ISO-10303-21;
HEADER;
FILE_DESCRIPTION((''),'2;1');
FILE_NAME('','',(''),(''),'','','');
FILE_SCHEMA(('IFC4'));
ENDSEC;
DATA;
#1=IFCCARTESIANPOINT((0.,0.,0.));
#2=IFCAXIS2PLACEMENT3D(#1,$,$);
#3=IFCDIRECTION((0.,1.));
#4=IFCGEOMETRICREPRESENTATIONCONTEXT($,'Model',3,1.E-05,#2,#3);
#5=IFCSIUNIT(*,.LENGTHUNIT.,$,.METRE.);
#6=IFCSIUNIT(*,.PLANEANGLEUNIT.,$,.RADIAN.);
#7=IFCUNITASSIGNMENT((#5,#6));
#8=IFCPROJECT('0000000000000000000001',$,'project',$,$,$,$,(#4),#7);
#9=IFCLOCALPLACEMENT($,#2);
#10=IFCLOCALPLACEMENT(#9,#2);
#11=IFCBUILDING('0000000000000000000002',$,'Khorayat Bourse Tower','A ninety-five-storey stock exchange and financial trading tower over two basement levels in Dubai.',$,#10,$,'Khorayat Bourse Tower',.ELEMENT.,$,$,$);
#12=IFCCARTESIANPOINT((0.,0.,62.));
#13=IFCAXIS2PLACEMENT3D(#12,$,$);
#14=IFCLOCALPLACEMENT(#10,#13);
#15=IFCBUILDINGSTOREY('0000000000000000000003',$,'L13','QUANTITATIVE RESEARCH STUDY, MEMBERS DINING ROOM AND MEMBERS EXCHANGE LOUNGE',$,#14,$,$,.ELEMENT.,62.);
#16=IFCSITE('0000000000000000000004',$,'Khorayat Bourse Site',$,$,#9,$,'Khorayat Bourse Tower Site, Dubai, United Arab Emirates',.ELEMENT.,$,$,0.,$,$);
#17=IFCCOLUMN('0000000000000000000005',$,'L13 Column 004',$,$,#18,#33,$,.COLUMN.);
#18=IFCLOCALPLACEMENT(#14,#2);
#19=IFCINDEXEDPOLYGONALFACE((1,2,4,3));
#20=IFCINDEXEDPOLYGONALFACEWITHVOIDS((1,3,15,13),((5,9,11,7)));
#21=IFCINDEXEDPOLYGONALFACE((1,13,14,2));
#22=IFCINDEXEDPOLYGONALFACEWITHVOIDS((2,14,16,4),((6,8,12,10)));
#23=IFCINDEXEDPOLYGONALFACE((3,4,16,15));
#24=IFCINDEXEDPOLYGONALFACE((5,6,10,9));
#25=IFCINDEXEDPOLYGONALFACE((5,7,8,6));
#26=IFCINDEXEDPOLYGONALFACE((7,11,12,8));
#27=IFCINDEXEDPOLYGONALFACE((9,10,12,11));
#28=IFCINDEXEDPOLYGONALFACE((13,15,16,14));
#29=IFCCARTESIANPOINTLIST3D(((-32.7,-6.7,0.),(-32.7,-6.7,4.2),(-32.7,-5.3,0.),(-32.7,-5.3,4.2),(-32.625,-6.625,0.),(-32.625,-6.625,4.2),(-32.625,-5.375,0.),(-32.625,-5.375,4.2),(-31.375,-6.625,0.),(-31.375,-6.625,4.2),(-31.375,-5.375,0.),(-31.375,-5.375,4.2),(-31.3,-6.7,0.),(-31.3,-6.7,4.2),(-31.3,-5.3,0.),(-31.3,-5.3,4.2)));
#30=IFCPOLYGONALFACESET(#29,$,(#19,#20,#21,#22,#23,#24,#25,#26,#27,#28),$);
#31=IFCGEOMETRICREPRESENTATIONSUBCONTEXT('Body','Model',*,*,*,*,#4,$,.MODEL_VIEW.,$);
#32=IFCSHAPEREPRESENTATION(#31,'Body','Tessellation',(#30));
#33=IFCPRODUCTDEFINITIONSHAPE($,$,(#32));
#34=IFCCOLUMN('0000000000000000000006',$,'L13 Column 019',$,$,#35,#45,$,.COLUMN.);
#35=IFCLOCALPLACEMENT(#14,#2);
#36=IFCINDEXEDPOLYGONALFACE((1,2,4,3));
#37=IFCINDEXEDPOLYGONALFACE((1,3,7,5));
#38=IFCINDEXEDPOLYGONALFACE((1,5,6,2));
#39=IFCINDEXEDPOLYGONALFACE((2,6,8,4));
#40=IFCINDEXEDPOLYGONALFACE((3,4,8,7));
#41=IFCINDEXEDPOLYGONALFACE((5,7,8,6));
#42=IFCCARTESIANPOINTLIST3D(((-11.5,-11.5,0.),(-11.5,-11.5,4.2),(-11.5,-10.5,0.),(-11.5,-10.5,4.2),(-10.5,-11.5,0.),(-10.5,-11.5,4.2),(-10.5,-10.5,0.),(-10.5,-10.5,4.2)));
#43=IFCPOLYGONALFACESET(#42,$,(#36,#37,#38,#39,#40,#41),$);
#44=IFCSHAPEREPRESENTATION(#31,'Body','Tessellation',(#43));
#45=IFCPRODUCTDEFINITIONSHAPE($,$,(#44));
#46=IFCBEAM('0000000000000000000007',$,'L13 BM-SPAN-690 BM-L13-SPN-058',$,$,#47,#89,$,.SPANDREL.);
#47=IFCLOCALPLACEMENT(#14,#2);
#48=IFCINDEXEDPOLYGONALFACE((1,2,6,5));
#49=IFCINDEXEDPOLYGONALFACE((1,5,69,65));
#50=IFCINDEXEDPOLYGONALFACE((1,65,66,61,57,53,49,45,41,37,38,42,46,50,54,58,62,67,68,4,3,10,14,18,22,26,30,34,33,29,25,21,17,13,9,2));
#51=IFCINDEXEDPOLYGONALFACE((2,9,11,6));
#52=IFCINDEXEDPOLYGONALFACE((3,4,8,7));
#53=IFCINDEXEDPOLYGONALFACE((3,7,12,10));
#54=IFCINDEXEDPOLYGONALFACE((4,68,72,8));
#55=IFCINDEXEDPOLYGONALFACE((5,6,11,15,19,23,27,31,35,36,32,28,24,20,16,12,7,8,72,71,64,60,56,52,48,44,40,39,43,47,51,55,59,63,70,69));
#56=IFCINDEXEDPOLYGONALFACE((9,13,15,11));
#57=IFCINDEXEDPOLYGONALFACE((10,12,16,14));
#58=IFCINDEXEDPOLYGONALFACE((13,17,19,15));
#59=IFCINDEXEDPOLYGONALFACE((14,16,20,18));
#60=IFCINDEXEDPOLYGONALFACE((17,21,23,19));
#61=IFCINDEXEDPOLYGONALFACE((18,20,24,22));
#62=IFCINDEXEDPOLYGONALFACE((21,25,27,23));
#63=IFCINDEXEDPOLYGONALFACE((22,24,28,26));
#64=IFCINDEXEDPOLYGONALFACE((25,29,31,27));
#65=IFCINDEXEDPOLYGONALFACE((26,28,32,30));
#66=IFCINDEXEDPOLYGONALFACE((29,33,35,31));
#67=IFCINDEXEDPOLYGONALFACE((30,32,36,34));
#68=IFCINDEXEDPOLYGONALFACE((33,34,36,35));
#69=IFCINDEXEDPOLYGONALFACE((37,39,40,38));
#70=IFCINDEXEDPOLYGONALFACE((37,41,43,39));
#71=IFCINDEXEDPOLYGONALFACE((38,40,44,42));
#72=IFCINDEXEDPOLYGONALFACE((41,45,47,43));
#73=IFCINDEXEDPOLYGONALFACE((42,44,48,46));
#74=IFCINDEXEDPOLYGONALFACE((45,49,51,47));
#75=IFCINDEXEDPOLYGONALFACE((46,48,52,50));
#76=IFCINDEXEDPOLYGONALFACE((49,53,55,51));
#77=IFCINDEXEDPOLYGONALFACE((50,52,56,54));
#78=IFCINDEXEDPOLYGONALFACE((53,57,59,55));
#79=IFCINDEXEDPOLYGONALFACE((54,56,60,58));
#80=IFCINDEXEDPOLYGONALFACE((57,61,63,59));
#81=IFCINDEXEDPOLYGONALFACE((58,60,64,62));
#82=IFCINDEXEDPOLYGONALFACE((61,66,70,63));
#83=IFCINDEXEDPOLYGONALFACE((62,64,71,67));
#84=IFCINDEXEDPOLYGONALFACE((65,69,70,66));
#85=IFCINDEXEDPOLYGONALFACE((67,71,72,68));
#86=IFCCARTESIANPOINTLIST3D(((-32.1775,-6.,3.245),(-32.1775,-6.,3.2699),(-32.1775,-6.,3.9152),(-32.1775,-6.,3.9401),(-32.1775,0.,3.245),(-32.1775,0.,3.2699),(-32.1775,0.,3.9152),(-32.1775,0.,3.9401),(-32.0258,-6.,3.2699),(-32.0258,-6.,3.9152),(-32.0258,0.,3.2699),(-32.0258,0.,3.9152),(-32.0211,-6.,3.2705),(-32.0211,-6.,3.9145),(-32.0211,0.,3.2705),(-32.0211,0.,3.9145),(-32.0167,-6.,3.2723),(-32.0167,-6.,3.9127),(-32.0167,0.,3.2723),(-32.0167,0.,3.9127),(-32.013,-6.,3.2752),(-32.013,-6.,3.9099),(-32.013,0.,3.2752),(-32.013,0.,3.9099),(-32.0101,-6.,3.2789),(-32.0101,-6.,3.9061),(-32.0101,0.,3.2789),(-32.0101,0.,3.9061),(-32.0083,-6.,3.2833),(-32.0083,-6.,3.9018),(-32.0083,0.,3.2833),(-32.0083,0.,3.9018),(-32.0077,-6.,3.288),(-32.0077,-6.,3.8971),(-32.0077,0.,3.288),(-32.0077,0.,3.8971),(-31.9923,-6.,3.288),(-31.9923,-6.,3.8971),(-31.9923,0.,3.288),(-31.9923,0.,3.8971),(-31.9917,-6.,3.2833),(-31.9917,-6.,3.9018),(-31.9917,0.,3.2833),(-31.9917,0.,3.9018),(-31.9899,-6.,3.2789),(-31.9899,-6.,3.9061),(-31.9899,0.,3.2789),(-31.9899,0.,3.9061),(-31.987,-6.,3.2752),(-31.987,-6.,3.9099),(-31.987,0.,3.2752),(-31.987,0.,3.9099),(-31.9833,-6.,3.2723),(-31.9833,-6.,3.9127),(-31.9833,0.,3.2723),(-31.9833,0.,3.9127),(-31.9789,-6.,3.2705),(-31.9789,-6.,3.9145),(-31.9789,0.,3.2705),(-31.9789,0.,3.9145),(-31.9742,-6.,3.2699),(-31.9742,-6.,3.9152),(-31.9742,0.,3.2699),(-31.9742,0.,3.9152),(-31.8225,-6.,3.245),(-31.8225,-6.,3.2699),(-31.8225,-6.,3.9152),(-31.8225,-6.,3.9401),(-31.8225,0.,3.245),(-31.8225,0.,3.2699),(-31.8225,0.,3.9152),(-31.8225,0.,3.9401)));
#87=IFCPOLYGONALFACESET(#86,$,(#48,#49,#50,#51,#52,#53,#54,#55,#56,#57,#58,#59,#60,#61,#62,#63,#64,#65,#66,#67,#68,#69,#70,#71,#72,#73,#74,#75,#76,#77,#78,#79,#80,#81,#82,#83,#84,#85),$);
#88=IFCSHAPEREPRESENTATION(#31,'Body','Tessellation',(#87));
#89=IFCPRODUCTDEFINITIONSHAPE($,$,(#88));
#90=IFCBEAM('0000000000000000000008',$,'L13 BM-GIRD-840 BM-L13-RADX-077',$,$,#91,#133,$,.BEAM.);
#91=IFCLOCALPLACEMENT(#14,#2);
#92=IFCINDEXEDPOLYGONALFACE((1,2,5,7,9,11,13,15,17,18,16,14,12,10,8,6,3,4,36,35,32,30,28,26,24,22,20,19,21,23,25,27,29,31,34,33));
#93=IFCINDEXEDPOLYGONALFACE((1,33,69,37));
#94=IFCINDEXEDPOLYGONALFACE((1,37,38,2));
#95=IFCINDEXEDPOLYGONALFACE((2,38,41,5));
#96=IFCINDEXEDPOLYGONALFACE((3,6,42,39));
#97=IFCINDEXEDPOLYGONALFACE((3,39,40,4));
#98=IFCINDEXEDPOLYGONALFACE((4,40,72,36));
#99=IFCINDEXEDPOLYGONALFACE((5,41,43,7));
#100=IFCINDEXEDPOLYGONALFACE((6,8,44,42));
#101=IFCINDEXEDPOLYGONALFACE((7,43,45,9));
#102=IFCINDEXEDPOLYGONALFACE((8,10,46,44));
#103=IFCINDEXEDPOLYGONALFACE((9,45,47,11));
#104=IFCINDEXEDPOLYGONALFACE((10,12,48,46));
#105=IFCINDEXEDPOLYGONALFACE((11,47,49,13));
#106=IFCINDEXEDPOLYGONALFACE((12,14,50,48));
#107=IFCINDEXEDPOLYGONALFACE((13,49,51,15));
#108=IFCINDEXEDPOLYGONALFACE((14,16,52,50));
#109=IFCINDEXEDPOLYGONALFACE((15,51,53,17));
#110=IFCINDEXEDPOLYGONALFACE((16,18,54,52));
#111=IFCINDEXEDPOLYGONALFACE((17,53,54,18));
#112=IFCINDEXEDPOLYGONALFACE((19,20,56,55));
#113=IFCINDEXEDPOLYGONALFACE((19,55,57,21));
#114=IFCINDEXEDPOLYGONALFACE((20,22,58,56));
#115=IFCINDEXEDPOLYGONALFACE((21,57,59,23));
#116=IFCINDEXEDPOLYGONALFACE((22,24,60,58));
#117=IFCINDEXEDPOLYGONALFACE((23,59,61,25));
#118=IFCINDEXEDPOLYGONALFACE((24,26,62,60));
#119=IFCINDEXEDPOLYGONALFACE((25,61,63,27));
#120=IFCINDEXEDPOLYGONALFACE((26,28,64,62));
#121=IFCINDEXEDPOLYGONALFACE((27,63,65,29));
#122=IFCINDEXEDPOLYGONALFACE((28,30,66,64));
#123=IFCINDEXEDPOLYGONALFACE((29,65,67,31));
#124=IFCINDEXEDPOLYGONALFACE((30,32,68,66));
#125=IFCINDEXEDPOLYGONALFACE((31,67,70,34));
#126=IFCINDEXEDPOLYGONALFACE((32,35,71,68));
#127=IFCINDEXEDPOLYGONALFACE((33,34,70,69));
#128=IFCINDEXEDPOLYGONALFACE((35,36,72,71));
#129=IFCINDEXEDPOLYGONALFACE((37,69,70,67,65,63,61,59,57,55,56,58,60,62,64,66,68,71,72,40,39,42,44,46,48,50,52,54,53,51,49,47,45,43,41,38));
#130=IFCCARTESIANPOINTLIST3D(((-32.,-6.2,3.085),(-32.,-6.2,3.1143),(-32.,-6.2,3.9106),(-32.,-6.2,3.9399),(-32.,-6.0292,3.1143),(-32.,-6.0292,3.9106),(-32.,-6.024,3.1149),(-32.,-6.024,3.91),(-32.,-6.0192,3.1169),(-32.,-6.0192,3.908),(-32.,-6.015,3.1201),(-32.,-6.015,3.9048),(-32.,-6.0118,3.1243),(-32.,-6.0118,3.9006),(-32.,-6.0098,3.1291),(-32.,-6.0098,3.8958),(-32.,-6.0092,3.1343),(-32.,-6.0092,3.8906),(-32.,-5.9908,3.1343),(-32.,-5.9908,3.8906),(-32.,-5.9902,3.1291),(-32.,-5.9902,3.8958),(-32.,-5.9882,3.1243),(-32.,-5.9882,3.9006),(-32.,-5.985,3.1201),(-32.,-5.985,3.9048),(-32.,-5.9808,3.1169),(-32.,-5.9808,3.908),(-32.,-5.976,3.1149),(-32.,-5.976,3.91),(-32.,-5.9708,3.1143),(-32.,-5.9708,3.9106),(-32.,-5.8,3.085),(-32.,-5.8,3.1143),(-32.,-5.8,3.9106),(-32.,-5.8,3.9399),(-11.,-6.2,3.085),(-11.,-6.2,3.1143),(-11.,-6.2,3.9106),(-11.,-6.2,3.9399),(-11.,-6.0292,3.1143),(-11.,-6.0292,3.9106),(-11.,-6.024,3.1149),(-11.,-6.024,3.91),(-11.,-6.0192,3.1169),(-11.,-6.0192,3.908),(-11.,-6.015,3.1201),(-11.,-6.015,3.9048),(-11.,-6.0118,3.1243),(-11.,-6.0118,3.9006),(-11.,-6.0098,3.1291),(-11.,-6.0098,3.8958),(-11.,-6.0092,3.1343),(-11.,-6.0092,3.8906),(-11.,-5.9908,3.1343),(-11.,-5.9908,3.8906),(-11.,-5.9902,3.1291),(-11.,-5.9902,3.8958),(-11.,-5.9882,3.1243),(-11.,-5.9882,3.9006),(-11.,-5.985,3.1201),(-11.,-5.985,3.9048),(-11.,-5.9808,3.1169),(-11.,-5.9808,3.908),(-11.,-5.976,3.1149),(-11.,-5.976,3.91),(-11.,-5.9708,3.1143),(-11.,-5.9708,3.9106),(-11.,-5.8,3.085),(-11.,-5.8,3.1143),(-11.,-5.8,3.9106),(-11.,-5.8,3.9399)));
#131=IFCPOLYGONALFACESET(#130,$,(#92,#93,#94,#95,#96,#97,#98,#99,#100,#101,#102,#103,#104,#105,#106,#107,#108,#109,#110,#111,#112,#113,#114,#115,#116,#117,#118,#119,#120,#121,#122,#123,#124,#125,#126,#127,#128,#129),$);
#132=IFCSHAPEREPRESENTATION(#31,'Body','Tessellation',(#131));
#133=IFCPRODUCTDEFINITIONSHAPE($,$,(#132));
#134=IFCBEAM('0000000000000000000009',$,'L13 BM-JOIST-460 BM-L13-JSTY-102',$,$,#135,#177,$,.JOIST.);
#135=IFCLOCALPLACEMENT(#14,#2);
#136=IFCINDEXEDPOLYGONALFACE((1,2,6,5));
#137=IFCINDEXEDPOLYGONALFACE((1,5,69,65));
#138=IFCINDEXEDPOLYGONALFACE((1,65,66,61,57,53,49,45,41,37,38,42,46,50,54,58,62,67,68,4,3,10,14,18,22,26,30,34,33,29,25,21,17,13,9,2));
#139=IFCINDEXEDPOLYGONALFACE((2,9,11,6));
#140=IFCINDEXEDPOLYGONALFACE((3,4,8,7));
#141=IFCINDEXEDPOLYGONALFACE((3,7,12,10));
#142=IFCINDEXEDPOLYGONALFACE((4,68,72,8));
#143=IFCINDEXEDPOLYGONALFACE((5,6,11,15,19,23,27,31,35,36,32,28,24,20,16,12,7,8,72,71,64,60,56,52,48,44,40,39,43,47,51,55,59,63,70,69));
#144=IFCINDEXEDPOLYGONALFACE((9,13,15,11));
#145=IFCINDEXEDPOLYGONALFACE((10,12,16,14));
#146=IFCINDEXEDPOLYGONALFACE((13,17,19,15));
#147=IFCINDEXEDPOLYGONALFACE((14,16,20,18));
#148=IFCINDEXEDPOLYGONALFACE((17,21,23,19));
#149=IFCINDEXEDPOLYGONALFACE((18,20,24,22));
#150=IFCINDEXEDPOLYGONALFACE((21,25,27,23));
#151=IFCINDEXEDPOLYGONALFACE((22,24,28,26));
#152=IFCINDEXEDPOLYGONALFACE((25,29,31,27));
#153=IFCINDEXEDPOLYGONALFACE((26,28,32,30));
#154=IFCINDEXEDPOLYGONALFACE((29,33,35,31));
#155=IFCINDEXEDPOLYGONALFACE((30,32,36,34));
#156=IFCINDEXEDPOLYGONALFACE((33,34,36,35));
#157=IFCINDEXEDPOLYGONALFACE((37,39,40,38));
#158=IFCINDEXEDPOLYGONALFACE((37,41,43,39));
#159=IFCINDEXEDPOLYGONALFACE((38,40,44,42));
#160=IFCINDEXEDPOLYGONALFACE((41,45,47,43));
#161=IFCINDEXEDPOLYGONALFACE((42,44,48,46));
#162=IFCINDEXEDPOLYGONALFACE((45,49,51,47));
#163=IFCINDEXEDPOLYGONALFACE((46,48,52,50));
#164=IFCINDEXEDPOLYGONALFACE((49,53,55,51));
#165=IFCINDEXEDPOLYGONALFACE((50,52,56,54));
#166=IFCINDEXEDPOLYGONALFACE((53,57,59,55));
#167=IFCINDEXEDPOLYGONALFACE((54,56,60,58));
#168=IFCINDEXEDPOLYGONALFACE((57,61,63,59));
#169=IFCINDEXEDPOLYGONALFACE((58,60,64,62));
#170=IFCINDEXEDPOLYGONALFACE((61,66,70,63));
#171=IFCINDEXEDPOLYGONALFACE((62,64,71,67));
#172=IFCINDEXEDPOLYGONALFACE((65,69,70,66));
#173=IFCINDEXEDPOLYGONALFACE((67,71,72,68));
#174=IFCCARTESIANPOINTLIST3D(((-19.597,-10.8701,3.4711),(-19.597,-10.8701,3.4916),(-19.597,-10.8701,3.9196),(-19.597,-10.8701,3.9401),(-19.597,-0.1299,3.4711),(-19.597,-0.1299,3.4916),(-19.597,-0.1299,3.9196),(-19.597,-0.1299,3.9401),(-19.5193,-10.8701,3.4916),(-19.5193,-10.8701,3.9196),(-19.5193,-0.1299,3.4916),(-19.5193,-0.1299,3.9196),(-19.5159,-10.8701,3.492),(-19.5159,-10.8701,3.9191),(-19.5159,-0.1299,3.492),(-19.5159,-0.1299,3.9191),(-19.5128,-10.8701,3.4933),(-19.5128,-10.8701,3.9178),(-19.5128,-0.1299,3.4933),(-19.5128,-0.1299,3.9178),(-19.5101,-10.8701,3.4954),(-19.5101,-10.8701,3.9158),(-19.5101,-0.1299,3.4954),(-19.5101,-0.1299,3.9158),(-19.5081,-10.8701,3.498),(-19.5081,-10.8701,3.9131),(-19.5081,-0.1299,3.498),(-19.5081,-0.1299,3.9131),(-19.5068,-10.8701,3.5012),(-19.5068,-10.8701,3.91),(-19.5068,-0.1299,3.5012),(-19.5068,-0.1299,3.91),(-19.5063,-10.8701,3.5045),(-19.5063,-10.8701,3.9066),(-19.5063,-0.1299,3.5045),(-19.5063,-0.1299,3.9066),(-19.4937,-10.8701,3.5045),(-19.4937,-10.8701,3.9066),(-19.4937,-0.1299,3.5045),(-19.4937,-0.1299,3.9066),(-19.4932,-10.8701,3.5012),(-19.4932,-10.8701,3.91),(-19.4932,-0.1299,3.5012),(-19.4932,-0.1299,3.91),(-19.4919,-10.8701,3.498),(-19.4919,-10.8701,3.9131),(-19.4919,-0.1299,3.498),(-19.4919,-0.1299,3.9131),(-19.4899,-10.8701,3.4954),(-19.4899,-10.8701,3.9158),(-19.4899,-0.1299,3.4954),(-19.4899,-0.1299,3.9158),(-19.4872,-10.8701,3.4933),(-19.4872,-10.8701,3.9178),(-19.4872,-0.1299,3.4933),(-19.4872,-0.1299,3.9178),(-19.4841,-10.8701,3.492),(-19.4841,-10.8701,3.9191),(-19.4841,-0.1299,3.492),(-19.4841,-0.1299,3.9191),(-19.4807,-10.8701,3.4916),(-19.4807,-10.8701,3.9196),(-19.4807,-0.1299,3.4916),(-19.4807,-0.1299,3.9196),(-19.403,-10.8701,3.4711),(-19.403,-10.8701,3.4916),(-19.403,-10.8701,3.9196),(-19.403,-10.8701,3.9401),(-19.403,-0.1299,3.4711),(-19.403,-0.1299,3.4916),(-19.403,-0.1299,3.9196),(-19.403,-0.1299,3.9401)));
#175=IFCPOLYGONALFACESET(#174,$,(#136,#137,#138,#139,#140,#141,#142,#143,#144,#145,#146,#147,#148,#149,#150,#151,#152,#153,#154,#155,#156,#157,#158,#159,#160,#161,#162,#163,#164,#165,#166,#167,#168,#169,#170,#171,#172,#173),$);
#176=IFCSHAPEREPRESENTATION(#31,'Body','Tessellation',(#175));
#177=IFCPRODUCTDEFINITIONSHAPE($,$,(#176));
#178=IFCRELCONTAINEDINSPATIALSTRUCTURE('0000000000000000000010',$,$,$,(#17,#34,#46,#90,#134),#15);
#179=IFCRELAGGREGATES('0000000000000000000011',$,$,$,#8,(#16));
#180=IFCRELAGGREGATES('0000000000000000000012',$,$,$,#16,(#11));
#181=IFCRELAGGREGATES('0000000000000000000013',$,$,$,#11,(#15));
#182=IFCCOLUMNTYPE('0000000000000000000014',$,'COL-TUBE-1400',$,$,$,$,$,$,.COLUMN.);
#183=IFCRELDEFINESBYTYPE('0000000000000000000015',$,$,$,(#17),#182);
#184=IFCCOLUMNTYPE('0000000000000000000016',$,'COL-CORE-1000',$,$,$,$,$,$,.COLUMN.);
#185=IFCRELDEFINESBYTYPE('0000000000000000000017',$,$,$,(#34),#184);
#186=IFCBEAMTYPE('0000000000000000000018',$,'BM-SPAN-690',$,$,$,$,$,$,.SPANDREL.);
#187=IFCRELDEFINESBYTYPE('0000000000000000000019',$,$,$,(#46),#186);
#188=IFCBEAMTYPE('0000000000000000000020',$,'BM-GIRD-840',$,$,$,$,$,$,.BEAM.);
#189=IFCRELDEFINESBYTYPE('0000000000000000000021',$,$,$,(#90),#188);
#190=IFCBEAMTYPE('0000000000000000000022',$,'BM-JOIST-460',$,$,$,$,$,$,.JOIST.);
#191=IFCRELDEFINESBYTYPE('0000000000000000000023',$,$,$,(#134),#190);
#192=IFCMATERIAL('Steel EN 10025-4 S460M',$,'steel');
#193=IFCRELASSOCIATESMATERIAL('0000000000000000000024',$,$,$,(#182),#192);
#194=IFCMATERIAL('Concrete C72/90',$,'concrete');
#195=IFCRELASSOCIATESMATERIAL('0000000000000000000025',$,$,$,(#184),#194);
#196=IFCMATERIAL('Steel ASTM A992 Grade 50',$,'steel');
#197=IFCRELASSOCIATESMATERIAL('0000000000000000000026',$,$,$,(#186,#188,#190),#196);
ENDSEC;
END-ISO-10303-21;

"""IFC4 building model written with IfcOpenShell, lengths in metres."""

from ifc_helpers import new_model, si_unit, direction, frame, origin, origin_2d, place, context, subcontext, project, spatial, rectangle, hollow_rectangle, i_section, extrude, source, transform, mapped, material, material_profile, profile_set, type_object, element, save


model = new_model("IFC4")

# Units and contexts
model_context = context("Model", 3, precision=1e-05, world=origin(), true_north=direction((0.0, 1.0)))
body_context = subcontext(model_context, "Body", "Model", "MODEL_VIEW")
ifc_project = project(units=[si_unit("LENGTHUNIT", "METRE"), si_unit("PLANEANGLEUNIT", "RADIAN")], contexts=[model_context])

# Site, building, storey
site_placement = place(None, origin())
site = spatial("IfcSite", under=ifc_project, at=site_placement, Name="Khorayat Bourse Site", LongName="Khorayat Bourse Tower Site, Dubai, United Arab Emirates", CompositionType="ELEMENT", RefElevation=0.0)
building_placement = place(site_placement, origin())
building = spatial("IfcBuilding", under=site, at=building_placement, Name="Khorayat Bourse Tower", Description="A ninety-five-storey stock exchange and financial trading tower over two basement levels in Dubai.", LongName="Khorayat Bourse Tower", CompositionType="ELEMENT")
storey_placement = place(building_placement, frame((0.0, 0.0, 62.0)))
storey = spatial("IfcBuildingStorey", under=building, at=storey_placement, Name="L13", Description="QUANTITATIVE RESEARCH STUDY, MEMBERS DINING ROOM AND MEMBERS EXCHANGE LOUNGE", CompositionType="ELEMENT", Elevation=62.0)

# Columns
ifc_material_1 = material(Name="Steel EN 10025-4 S460M", Category="steel")
ifc_material_profile_1 = material_profile(ifc_material_1, hollow_rectangle(XDim=1.3999, YDim=1.3999, WallThickness=0.075, at=origin_2d()), Name="BOX 1400x1400x75")
ifc_profile_set_1 = profile_set([ifc_material_profile_1], Name="Steel EN 10025-4 S460M")
column_type_1 = type_object("IfcColumnType", Name="COL-TUBE-1400", PredefinedType="COLUMN", material=ifc_profile_set_1)
shared_shape_1 = source(origin(), body_context, "Body", "SweptSolid", [
    extrude(hollow_rectangle(XDim=1.3999, YDim=1.3999, WallThickness=0.075, at=origin_2d()), origin(), (0.0, 0.0, 1.0), 4.2),
])
column_1_placement = place(storey_placement, frame((-32.0, -6.0, 0.0), z_axis=(0.0, 0.0, 1.0), x_axis=(1.0, 0.0, 0.0)))
element("IfcColumn", 1, at=column_1_placement, inside=storey, type_object=column_type_1, Name="L13 Column 004", PredefinedType="COLUMN", context=body_context, shape_type="MappedRepresentation", body=[
    mapped(shared_shape_1, transform((0.0, 0.0, 0.0), scale=1.0)),
])
ifc_material_2 = material(Name="Concrete C72/90", Category="concrete")
ifc_material_profile_2 = material_profile(ifc_material_2, rectangle(XDim=1.0, YDim=1.0, at=origin_2d()), Name="RC 1000x1000")
ifc_profile_set_2 = profile_set([ifc_material_profile_2], Name="Concrete C72/90")
column_type_2 = type_object("IfcColumnType", Name="COL-CORE-1000", PredefinedType="COLUMN", material=ifc_profile_set_2)
shared_shape_2 = source(origin(), body_context, "Body", "SweptSolid", [
    extrude(rectangle(XDim=1.0, YDim=1.0, at=origin_2d()), origin(), (0.0, 0.0, 1.0), 4.2),
])
column_2_placement = place(storey_placement, frame((-11.0, -11.0, 0.0), z_axis=(0.0, 0.0, 1.0), x_axis=(1.0, 0.0, 0.0)))
element("IfcColumn", 2, at=column_2_placement, inside=storey, type_object=column_type_2, Name="L13 Column 019", PredefinedType="COLUMN", context=body_context, shape_type="MappedRepresentation", body=[
    mapped(shared_shape_2, transform((0.0, 0.0, 0.0), scale=1.0)),
])

# Beams
ifc_material_3 = material(Name="Steel ASTM A992 Grade 50", Category="steel")
ifc_material_profile_3 = material_profile(ifc_material_3, i_section(OverallWidth=0.355, OverallDepth=0.6951, WebThickness=0.0154, FlangeThickness=0.0249, FilletRadius=0.0181, at=origin_2d()), Name="W690X217")
ifc_profile_set_3 = profile_set([ifc_material_profile_3], Name="Steel ASTM A992 Grade 50")
beam_type_1 = type_object("IfcBeamType", Name="BM-SPAN-690", PredefinedType="SPANDREL", material=ifc_profile_set_3)
shared_shape_3 = source(origin(), body_context, "Body", "SweptSolid", [
    extrude(i_section(OverallWidth=0.355, OverallDepth=0.6951, WebThickness=0.0154, FlangeThickness=0.0249, FilletRadius=0.0181, at=origin_2d()), origin(), (0.0, 0.0, 1.0), 6.0),
])
beam_1_placement = place(storey_placement, frame((-32.0, -6.0, 3.5925), z_axis=(0.0, 1.0, 0.0), x_axis=(-1.0, 0.0, 0.0)))
element("IfcBeam", 3, at=beam_1_placement, inside=storey, type_object=beam_type_1, Name="L13 BM-SPAN-690 BM-L13-SPN-058", PredefinedType="SPANDREL", context=body_context, shape_type="MappedRepresentation", body=[
    mapped(shared_shape_3, transform((0.0, 0.0, 0.0), scale=1.0)),
])
ifc_material_profile_4 = material_profile(ifc_material_3, i_section(OverallWidth=0.3999, OverallDepth=0.855, WebThickness=0.0183, FlangeThickness=0.0293, FilletRadius=0.02, at=origin_2d()), Name="W840X299")
ifc_profile_set_4 = profile_set([ifc_material_profile_4], Name="Steel ASTM A992 Grade 50")
beam_type_2 = type_object("IfcBeamType", Name="BM-GIRD-840", PredefinedType="BEAM", material=ifc_profile_set_4)
shared_shape_4 = source(origin(), body_context, "Body", "SweptSolid", [
    extrude(i_section(OverallWidth=0.3999, OverallDepth=0.855, WebThickness=0.0183, FlangeThickness=0.0293, FilletRadius=0.02, at=origin_2d()), origin(), (0.0, 0.0, 1.0), 21.0),
])
beam_2_placement = place(storey_placement, frame((-32.0, -6.0, 3.5125), z_axis=(1.0, 0.0, 0.0), x_axis=(0.0, 1.0, 0.0)))
element("IfcBeam", 4, at=beam_2_placement, inside=storey, type_object=beam_type_2, Name="L13 BM-GIRD-840 BM-L13-RADX-077", PredefinedType="BEAM", context=body_context, shape_type="MappedRepresentation", body=[
    mapped(shared_shape_4, transform((0.0, 0.0, 0.0), scale=1.0)),
])
ifc_material_profile_5 = material_profile(ifc_material_3, i_section(OverallWidth=0.1941, OverallDepth=0.469, WebThickness=0.0127, FlangeThickness=0.0205, FilletRadius=0.0129, at=origin_2d()), Name="W460X106")
ifc_profile_set_5 = profile_set([ifc_material_profile_5], Name="Steel ASTM A992 Grade 50")
beam_type_3 = type_object("IfcBeamType", Name="BM-JOIST-460", PredefinedType="JOIST", material=ifc_profile_set_5)
shared_shape_5 = source(origin(), body_context, "Body", "SweptSolid", [
    extrude(i_section(OverallWidth=0.1941, OverallDepth=0.469, WebThickness=0.0127, FlangeThickness=0.0205, FilletRadius=0.0129, at=origin_2d()), origin(), (0.0, 0.0, 1.0), 10.7402),
])
beam_3_placement = place(storey_placement, frame((-19.5, -10.8701, 3.7056), z_axis=(0.0, 1.0, 0.0), x_axis=(-1.0, 0.0, 0.0)))
element("IfcBeam", 5, at=beam_3_placement, inside=storey, type_object=beam_type_3, Name="L13 BM-JOIST-460 BM-L13-JSTY-102", PredefinedType="JOIST", context=body_context, shape_type="MappedRepresentation", body=[
    mapped(shared_shape_5, transform((0.0, 0.0, 0.0), scale=1.0)),
])

save(model, "model.ifc")
